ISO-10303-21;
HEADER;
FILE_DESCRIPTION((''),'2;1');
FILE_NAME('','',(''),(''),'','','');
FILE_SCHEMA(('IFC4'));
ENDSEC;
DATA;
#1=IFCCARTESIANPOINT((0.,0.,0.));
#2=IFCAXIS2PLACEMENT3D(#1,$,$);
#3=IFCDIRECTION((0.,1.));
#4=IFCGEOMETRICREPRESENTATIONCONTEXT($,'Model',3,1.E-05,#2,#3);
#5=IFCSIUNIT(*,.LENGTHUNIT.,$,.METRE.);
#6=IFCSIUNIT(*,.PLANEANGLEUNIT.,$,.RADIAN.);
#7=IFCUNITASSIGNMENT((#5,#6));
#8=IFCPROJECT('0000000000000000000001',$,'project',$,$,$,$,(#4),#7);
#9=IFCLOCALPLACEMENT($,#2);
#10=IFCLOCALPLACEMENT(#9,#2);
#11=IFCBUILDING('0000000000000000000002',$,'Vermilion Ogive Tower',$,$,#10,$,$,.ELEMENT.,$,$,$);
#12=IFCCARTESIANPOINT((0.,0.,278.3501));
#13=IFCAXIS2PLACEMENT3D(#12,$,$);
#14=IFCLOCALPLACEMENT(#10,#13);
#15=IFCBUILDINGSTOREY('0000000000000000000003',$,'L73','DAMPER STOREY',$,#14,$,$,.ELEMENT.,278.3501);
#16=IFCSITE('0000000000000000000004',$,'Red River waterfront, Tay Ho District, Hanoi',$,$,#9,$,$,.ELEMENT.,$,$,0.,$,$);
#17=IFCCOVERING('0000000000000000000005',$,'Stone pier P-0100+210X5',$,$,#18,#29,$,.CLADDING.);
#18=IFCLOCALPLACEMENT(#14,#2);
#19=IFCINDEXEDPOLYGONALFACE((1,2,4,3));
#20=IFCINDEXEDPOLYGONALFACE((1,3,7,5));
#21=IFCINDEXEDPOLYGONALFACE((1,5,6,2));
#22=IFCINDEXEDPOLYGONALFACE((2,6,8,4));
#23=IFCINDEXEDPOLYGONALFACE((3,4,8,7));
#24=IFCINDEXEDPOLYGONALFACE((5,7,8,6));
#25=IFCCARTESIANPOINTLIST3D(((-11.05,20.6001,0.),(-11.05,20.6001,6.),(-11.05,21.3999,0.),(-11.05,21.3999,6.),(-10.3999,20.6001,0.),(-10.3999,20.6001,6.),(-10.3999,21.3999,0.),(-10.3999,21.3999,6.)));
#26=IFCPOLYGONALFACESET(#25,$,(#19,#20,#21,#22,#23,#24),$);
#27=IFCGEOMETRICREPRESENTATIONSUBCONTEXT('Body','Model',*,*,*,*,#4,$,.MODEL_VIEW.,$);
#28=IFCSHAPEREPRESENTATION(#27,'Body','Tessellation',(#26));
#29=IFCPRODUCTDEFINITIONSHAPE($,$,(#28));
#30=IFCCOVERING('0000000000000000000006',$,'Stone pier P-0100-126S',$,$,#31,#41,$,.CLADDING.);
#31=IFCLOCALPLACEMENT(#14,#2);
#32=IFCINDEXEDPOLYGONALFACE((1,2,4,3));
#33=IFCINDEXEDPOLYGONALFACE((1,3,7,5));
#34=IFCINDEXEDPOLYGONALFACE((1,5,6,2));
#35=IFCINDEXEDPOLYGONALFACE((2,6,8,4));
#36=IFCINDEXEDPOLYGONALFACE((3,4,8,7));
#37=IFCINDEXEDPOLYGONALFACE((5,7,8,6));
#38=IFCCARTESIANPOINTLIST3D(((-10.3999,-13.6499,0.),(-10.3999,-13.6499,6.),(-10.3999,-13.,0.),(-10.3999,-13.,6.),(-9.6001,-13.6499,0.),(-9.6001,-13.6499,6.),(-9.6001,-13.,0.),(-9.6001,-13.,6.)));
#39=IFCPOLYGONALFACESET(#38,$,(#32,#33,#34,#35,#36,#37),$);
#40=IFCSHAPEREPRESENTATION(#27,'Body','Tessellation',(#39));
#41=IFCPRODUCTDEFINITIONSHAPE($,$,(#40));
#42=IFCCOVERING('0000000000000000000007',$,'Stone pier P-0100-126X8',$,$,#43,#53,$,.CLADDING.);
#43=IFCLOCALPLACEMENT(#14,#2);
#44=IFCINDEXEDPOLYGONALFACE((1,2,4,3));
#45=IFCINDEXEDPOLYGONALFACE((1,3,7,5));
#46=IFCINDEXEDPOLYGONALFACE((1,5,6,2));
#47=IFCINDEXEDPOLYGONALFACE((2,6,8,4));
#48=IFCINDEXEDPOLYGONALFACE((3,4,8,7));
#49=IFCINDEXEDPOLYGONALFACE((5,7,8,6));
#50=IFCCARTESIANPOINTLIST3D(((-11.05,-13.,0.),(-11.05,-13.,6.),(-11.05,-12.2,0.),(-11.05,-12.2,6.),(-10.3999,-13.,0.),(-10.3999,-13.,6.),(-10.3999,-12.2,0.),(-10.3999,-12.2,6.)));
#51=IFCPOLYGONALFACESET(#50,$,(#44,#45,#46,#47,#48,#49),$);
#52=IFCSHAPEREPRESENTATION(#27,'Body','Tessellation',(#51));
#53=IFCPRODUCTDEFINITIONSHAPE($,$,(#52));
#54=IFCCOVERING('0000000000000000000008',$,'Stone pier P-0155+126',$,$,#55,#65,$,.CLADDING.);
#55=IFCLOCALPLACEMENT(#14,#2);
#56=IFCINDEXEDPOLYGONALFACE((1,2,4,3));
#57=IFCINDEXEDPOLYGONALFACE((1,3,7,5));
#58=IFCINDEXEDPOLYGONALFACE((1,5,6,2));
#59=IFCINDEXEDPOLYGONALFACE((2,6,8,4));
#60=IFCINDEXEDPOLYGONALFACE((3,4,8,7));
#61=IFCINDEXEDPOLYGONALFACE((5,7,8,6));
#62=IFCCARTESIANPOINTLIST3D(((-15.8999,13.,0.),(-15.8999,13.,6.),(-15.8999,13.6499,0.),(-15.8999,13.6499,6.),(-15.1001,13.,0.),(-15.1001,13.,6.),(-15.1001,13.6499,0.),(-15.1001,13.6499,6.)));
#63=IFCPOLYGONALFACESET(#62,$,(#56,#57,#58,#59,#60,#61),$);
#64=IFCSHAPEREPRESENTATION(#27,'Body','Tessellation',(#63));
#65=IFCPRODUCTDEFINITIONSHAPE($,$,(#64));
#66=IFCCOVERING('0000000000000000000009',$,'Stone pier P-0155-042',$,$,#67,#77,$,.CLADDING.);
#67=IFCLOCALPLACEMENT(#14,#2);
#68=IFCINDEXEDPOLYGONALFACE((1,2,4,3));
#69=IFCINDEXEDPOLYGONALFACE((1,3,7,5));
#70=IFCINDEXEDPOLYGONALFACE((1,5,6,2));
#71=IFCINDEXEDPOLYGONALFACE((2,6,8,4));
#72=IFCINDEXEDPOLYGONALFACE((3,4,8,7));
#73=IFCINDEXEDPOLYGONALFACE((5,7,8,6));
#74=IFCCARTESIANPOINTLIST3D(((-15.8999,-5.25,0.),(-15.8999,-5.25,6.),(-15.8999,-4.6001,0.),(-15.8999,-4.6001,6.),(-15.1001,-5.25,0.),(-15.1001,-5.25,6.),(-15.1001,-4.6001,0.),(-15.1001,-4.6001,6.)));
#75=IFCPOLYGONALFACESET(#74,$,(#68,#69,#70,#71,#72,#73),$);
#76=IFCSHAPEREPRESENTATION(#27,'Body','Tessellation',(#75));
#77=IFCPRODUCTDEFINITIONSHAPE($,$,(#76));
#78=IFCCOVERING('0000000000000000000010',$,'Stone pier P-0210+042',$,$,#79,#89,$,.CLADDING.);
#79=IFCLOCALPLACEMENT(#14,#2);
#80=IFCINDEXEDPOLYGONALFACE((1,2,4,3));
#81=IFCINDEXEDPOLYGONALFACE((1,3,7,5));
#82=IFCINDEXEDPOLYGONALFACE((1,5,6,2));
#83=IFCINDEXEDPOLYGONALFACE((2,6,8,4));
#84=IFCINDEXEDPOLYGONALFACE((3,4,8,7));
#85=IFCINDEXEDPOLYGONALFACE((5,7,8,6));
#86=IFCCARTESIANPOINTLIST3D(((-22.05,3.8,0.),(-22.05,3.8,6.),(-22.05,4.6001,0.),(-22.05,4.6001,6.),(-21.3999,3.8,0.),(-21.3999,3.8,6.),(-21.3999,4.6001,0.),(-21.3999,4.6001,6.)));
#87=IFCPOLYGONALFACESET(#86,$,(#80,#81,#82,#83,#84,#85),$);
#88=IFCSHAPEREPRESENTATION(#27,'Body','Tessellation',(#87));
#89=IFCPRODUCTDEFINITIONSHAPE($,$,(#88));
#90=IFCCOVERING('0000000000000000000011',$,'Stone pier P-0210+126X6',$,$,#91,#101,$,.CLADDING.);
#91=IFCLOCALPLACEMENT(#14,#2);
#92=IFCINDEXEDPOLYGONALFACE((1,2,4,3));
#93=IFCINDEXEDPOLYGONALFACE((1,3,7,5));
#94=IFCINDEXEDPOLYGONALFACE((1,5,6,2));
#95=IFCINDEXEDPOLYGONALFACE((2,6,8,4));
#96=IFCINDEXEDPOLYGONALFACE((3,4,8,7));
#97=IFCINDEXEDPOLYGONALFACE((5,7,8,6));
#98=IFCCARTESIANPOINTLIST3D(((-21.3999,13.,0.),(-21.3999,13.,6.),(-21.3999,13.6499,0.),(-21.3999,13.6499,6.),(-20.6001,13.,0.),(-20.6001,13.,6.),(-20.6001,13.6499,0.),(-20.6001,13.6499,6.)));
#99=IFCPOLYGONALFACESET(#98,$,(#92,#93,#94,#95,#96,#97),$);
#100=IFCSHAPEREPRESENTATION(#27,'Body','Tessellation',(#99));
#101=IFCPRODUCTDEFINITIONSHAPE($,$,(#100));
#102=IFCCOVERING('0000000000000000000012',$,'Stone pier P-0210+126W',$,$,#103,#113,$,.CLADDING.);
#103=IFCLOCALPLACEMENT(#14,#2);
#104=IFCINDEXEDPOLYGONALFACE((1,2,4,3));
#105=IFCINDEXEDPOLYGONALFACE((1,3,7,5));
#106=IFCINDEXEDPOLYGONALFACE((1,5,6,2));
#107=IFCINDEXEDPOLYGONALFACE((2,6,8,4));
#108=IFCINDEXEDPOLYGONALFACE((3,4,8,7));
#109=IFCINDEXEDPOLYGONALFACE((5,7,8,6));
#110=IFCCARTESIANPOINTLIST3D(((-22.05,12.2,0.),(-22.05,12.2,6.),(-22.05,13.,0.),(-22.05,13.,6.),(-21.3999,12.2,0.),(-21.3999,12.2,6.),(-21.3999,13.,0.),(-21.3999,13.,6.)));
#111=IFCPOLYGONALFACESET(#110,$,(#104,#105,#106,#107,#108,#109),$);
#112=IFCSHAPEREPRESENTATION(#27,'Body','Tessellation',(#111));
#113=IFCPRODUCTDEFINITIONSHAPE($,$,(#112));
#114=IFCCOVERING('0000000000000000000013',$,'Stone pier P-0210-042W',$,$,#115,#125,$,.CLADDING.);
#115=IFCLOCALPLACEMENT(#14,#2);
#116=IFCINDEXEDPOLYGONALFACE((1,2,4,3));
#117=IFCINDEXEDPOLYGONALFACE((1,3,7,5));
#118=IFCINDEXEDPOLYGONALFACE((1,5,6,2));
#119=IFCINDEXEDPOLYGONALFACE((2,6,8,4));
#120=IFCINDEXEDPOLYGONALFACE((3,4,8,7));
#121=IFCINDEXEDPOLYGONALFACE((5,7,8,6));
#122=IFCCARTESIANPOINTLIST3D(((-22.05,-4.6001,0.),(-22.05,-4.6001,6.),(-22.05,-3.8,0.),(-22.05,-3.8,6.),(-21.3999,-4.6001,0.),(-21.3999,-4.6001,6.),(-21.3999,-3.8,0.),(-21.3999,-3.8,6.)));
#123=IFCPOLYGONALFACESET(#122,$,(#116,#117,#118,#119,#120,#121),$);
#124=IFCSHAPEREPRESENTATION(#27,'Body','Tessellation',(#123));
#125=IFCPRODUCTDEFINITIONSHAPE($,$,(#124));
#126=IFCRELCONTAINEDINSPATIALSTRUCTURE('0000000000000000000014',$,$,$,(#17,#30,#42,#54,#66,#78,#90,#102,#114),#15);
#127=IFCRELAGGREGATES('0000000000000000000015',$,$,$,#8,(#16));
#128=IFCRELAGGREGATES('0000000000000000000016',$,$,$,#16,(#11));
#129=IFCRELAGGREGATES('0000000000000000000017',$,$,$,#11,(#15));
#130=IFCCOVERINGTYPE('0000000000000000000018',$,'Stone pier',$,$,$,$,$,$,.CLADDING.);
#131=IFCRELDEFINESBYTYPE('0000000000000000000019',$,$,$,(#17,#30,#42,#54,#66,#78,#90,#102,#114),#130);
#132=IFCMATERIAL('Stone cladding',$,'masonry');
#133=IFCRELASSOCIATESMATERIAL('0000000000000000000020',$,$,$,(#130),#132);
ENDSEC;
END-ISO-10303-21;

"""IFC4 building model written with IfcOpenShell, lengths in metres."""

from ifc_helpers import new_model, si_unit, direction, frame, origin, place, context, subcontext, project, spatial, polyline, outline, extrude, material, type_object, element, save


model = new_model("IFC4")

# Units and contexts
model_context = context("Model", 3, precision=1e-05, world=origin(), true_north=direction((0.0, 1.0)))
body_context = subcontext(model_context, "Body", "Model", "MODEL_VIEW")
ifc_project = project(units=[si_unit("LENGTHUNIT", "METRE"), si_unit("PLANEANGLEUNIT", "RADIAN")], contexts=[model_context])

# Site, building, storey
site_placement = place(None, origin())
site = spatial("IfcSite", under=ifc_project, at=site_placement, Name="Red River waterfront, Tay Ho District, Hanoi", CompositionType="ELEMENT", RefElevation=0.0)
building_placement = place(site_placement, origin())
building = spatial("IfcBuilding", under=site, at=building_placement, Name="Vermilion Ogive Tower", CompositionType="ELEMENT")
storey_placement = place(building_placement, frame((0.0, 0.0, 278.3501)))
storey = spatial("IfcBuildingStorey", under=building, at=storey_placement, Name="L73", Description="DAMPER STOREY", CompositionType="ELEMENT", Elevation=278.3501)

# Coverings
ifc_material_1 = material(Name="Stone cladding", Category="masonry")
covering_type = type_object("IfcCoveringType", Name="Stone pier", PredefinedType="CLADDING", material=ifc_material_1)
covering_1_placement = place(storey_placement, origin())
element("IfcCovering", 1, at=covering_1_placement, inside=storey, type_object=covering_type, Name="Stone pier P-0100+210X5", PredefinedType="CLADDING", context=body_context, shape_type="SweptSolid", body=[
    extrude(outline(polyline([(-11.05, 21.3999), (-10.3999, 21.3999), (-10.3999, 20.6001), (-11.05, 20.6001), (-11.05, 21.3999)])), origin(), (0.0, 0.0, 1.0), 6.0),
])
covering_2_placement = place(storey_placement, origin())
element("IfcCovering", 2, at=covering_2_placement, inside=storey, type_object=covering_type, Name="Stone pier P-0100-126S", PredefinedType="CLADDING", context=body_context, shape_type="SweptSolid", body=[
    extrude(outline(polyline([(-9.6001, -13.6499), (-10.3999, -13.6499), (-10.3999, -13.0), (-9.6001, -13.0), (-9.6001, -13.6499)])), origin(), (0.0, 0.0, 1.0), 6.0),
])
covering_3_placement = place(storey_placement, origin())
element("IfcCovering", 3, at=covering_3_placement, inside=storey, type_object=covering_type, Name="Stone pier P-0100-126X8", PredefinedType="CLADDING", context=body_context, shape_type="SweptSolid", body=[
    extrude(outline(polyline([(-11.05, -13.0), (-11.05, -12.2), (-10.3999, -12.2), (-10.3999, -12.2), (-10.3999, -13.0), (-11.05, -13.0)])), origin(), (0.0, 0.0, 1.0), 6.0),
])
covering_4_placement = place(storey_placement, origin())
element("IfcCovering", 4, at=covering_4_placement, inside=storey, type_object=covering_type, Name="Stone pier P-0155+126", PredefinedType="CLADDING", context=body_context, shape_type="SweptSolid", body=[
    extrude(outline(polyline([(-15.8999, 13.6499), (-15.1001, 13.6499), (-15.1001, 13.0), (-15.8999, 13.0), (-15.8999, 13.6499)])), origin(), (0.0, 0.0, 1.0), 6.0),
])
covering_5_placement = place(storey_placement, origin())
element("IfcCovering", 5, at=covering_5_placement, inside=storey, type_object=covering_type, Name="Stone pier P-0155-042", PredefinedType="CLADDING", context=body_context, shape_type="SweptSolid", body=[
    extrude(outline(polyline([(-15.1001, -5.25), (-15.8999, -5.25), (-15.8999, -4.6001), (-15.1001, -4.6001), (-15.1001, -5.25)])), origin(), (0.0, 0.0, 1.0), 6.0),
])
covering_6_placement = place(storey_placement, origin())
element("IfcCovering", 6, at=covering_6_placement, inside=storey, type_object=covering_type, Name="Stone pier P-0210+042", PredefinedType="CLADDING", context=body_context, shape_type="SweptSolid", body=[
    extrude(outline(polyline([(-21.3999, 3.8), (-22.05, 3.8), (-22.05, 4.6001), (-21.3999, 4.6001), (-21.3999, 4.6001), (-21.3999, 3.8)])), origin(), (0.0, 0.0, 1.0), 6.0),
])
covering_7_placement = place(storey_placement, origin())
element("IfcCovering", 7, at=covering_7_placement, inside=storey, type_object=covering_type, Name="Stone pier P-0210+126X6", PredefinedType="CLADDING", context=body_context, shape_type="SweptSolid", body=[
    extrude(outline(polyline([(-21.3999, 13.6499), (-20.6001, 13.6499), (-20.6001, 13.0), (-21.3999, 13.0), (-21.3999, 13.6499)])), origin(), (0.0, 0.0, 1.0), 6.0),
])
covering_8_placement = place(storey_placement, origin())
element("IfcCovering", 8, at=covering_8_placement, inside=storey, type_object=covering_type, Name="Stone pier P-0210+126W", PredefinedType="CLADDING", context=body_context, shape_type="SweptSolid", body=[
    extrude(outline(polyline([(-22.05, 13.0), (-21.3999, 13.0), (-21.3999, 12.2), (-22.05, 12.2), (-22.05, 13.0)])), origin(), (0.0, 0.0, 1.0), 6.0),
])
covering_9_placement = place(storey_placement, origin())
element("IfcCovering", 9, at=covering_9_placement, inside=storey, type_object=covering_type, Name="Stone pier P-0210-042W", PredefinedType="CLADDING", context=body_context, shape_type="SweptSolid", body=[
    extrude(outline(polyline([(-22.05, -4.6001), (-22.05, -3.8), (-21.3999, -3.8), (-21.3999, -4.6001), (-22.05, -4.6001)])), origin(), (0.0, 0.0, 1.0), 6.0),
])

save(model, "model.ifc")
